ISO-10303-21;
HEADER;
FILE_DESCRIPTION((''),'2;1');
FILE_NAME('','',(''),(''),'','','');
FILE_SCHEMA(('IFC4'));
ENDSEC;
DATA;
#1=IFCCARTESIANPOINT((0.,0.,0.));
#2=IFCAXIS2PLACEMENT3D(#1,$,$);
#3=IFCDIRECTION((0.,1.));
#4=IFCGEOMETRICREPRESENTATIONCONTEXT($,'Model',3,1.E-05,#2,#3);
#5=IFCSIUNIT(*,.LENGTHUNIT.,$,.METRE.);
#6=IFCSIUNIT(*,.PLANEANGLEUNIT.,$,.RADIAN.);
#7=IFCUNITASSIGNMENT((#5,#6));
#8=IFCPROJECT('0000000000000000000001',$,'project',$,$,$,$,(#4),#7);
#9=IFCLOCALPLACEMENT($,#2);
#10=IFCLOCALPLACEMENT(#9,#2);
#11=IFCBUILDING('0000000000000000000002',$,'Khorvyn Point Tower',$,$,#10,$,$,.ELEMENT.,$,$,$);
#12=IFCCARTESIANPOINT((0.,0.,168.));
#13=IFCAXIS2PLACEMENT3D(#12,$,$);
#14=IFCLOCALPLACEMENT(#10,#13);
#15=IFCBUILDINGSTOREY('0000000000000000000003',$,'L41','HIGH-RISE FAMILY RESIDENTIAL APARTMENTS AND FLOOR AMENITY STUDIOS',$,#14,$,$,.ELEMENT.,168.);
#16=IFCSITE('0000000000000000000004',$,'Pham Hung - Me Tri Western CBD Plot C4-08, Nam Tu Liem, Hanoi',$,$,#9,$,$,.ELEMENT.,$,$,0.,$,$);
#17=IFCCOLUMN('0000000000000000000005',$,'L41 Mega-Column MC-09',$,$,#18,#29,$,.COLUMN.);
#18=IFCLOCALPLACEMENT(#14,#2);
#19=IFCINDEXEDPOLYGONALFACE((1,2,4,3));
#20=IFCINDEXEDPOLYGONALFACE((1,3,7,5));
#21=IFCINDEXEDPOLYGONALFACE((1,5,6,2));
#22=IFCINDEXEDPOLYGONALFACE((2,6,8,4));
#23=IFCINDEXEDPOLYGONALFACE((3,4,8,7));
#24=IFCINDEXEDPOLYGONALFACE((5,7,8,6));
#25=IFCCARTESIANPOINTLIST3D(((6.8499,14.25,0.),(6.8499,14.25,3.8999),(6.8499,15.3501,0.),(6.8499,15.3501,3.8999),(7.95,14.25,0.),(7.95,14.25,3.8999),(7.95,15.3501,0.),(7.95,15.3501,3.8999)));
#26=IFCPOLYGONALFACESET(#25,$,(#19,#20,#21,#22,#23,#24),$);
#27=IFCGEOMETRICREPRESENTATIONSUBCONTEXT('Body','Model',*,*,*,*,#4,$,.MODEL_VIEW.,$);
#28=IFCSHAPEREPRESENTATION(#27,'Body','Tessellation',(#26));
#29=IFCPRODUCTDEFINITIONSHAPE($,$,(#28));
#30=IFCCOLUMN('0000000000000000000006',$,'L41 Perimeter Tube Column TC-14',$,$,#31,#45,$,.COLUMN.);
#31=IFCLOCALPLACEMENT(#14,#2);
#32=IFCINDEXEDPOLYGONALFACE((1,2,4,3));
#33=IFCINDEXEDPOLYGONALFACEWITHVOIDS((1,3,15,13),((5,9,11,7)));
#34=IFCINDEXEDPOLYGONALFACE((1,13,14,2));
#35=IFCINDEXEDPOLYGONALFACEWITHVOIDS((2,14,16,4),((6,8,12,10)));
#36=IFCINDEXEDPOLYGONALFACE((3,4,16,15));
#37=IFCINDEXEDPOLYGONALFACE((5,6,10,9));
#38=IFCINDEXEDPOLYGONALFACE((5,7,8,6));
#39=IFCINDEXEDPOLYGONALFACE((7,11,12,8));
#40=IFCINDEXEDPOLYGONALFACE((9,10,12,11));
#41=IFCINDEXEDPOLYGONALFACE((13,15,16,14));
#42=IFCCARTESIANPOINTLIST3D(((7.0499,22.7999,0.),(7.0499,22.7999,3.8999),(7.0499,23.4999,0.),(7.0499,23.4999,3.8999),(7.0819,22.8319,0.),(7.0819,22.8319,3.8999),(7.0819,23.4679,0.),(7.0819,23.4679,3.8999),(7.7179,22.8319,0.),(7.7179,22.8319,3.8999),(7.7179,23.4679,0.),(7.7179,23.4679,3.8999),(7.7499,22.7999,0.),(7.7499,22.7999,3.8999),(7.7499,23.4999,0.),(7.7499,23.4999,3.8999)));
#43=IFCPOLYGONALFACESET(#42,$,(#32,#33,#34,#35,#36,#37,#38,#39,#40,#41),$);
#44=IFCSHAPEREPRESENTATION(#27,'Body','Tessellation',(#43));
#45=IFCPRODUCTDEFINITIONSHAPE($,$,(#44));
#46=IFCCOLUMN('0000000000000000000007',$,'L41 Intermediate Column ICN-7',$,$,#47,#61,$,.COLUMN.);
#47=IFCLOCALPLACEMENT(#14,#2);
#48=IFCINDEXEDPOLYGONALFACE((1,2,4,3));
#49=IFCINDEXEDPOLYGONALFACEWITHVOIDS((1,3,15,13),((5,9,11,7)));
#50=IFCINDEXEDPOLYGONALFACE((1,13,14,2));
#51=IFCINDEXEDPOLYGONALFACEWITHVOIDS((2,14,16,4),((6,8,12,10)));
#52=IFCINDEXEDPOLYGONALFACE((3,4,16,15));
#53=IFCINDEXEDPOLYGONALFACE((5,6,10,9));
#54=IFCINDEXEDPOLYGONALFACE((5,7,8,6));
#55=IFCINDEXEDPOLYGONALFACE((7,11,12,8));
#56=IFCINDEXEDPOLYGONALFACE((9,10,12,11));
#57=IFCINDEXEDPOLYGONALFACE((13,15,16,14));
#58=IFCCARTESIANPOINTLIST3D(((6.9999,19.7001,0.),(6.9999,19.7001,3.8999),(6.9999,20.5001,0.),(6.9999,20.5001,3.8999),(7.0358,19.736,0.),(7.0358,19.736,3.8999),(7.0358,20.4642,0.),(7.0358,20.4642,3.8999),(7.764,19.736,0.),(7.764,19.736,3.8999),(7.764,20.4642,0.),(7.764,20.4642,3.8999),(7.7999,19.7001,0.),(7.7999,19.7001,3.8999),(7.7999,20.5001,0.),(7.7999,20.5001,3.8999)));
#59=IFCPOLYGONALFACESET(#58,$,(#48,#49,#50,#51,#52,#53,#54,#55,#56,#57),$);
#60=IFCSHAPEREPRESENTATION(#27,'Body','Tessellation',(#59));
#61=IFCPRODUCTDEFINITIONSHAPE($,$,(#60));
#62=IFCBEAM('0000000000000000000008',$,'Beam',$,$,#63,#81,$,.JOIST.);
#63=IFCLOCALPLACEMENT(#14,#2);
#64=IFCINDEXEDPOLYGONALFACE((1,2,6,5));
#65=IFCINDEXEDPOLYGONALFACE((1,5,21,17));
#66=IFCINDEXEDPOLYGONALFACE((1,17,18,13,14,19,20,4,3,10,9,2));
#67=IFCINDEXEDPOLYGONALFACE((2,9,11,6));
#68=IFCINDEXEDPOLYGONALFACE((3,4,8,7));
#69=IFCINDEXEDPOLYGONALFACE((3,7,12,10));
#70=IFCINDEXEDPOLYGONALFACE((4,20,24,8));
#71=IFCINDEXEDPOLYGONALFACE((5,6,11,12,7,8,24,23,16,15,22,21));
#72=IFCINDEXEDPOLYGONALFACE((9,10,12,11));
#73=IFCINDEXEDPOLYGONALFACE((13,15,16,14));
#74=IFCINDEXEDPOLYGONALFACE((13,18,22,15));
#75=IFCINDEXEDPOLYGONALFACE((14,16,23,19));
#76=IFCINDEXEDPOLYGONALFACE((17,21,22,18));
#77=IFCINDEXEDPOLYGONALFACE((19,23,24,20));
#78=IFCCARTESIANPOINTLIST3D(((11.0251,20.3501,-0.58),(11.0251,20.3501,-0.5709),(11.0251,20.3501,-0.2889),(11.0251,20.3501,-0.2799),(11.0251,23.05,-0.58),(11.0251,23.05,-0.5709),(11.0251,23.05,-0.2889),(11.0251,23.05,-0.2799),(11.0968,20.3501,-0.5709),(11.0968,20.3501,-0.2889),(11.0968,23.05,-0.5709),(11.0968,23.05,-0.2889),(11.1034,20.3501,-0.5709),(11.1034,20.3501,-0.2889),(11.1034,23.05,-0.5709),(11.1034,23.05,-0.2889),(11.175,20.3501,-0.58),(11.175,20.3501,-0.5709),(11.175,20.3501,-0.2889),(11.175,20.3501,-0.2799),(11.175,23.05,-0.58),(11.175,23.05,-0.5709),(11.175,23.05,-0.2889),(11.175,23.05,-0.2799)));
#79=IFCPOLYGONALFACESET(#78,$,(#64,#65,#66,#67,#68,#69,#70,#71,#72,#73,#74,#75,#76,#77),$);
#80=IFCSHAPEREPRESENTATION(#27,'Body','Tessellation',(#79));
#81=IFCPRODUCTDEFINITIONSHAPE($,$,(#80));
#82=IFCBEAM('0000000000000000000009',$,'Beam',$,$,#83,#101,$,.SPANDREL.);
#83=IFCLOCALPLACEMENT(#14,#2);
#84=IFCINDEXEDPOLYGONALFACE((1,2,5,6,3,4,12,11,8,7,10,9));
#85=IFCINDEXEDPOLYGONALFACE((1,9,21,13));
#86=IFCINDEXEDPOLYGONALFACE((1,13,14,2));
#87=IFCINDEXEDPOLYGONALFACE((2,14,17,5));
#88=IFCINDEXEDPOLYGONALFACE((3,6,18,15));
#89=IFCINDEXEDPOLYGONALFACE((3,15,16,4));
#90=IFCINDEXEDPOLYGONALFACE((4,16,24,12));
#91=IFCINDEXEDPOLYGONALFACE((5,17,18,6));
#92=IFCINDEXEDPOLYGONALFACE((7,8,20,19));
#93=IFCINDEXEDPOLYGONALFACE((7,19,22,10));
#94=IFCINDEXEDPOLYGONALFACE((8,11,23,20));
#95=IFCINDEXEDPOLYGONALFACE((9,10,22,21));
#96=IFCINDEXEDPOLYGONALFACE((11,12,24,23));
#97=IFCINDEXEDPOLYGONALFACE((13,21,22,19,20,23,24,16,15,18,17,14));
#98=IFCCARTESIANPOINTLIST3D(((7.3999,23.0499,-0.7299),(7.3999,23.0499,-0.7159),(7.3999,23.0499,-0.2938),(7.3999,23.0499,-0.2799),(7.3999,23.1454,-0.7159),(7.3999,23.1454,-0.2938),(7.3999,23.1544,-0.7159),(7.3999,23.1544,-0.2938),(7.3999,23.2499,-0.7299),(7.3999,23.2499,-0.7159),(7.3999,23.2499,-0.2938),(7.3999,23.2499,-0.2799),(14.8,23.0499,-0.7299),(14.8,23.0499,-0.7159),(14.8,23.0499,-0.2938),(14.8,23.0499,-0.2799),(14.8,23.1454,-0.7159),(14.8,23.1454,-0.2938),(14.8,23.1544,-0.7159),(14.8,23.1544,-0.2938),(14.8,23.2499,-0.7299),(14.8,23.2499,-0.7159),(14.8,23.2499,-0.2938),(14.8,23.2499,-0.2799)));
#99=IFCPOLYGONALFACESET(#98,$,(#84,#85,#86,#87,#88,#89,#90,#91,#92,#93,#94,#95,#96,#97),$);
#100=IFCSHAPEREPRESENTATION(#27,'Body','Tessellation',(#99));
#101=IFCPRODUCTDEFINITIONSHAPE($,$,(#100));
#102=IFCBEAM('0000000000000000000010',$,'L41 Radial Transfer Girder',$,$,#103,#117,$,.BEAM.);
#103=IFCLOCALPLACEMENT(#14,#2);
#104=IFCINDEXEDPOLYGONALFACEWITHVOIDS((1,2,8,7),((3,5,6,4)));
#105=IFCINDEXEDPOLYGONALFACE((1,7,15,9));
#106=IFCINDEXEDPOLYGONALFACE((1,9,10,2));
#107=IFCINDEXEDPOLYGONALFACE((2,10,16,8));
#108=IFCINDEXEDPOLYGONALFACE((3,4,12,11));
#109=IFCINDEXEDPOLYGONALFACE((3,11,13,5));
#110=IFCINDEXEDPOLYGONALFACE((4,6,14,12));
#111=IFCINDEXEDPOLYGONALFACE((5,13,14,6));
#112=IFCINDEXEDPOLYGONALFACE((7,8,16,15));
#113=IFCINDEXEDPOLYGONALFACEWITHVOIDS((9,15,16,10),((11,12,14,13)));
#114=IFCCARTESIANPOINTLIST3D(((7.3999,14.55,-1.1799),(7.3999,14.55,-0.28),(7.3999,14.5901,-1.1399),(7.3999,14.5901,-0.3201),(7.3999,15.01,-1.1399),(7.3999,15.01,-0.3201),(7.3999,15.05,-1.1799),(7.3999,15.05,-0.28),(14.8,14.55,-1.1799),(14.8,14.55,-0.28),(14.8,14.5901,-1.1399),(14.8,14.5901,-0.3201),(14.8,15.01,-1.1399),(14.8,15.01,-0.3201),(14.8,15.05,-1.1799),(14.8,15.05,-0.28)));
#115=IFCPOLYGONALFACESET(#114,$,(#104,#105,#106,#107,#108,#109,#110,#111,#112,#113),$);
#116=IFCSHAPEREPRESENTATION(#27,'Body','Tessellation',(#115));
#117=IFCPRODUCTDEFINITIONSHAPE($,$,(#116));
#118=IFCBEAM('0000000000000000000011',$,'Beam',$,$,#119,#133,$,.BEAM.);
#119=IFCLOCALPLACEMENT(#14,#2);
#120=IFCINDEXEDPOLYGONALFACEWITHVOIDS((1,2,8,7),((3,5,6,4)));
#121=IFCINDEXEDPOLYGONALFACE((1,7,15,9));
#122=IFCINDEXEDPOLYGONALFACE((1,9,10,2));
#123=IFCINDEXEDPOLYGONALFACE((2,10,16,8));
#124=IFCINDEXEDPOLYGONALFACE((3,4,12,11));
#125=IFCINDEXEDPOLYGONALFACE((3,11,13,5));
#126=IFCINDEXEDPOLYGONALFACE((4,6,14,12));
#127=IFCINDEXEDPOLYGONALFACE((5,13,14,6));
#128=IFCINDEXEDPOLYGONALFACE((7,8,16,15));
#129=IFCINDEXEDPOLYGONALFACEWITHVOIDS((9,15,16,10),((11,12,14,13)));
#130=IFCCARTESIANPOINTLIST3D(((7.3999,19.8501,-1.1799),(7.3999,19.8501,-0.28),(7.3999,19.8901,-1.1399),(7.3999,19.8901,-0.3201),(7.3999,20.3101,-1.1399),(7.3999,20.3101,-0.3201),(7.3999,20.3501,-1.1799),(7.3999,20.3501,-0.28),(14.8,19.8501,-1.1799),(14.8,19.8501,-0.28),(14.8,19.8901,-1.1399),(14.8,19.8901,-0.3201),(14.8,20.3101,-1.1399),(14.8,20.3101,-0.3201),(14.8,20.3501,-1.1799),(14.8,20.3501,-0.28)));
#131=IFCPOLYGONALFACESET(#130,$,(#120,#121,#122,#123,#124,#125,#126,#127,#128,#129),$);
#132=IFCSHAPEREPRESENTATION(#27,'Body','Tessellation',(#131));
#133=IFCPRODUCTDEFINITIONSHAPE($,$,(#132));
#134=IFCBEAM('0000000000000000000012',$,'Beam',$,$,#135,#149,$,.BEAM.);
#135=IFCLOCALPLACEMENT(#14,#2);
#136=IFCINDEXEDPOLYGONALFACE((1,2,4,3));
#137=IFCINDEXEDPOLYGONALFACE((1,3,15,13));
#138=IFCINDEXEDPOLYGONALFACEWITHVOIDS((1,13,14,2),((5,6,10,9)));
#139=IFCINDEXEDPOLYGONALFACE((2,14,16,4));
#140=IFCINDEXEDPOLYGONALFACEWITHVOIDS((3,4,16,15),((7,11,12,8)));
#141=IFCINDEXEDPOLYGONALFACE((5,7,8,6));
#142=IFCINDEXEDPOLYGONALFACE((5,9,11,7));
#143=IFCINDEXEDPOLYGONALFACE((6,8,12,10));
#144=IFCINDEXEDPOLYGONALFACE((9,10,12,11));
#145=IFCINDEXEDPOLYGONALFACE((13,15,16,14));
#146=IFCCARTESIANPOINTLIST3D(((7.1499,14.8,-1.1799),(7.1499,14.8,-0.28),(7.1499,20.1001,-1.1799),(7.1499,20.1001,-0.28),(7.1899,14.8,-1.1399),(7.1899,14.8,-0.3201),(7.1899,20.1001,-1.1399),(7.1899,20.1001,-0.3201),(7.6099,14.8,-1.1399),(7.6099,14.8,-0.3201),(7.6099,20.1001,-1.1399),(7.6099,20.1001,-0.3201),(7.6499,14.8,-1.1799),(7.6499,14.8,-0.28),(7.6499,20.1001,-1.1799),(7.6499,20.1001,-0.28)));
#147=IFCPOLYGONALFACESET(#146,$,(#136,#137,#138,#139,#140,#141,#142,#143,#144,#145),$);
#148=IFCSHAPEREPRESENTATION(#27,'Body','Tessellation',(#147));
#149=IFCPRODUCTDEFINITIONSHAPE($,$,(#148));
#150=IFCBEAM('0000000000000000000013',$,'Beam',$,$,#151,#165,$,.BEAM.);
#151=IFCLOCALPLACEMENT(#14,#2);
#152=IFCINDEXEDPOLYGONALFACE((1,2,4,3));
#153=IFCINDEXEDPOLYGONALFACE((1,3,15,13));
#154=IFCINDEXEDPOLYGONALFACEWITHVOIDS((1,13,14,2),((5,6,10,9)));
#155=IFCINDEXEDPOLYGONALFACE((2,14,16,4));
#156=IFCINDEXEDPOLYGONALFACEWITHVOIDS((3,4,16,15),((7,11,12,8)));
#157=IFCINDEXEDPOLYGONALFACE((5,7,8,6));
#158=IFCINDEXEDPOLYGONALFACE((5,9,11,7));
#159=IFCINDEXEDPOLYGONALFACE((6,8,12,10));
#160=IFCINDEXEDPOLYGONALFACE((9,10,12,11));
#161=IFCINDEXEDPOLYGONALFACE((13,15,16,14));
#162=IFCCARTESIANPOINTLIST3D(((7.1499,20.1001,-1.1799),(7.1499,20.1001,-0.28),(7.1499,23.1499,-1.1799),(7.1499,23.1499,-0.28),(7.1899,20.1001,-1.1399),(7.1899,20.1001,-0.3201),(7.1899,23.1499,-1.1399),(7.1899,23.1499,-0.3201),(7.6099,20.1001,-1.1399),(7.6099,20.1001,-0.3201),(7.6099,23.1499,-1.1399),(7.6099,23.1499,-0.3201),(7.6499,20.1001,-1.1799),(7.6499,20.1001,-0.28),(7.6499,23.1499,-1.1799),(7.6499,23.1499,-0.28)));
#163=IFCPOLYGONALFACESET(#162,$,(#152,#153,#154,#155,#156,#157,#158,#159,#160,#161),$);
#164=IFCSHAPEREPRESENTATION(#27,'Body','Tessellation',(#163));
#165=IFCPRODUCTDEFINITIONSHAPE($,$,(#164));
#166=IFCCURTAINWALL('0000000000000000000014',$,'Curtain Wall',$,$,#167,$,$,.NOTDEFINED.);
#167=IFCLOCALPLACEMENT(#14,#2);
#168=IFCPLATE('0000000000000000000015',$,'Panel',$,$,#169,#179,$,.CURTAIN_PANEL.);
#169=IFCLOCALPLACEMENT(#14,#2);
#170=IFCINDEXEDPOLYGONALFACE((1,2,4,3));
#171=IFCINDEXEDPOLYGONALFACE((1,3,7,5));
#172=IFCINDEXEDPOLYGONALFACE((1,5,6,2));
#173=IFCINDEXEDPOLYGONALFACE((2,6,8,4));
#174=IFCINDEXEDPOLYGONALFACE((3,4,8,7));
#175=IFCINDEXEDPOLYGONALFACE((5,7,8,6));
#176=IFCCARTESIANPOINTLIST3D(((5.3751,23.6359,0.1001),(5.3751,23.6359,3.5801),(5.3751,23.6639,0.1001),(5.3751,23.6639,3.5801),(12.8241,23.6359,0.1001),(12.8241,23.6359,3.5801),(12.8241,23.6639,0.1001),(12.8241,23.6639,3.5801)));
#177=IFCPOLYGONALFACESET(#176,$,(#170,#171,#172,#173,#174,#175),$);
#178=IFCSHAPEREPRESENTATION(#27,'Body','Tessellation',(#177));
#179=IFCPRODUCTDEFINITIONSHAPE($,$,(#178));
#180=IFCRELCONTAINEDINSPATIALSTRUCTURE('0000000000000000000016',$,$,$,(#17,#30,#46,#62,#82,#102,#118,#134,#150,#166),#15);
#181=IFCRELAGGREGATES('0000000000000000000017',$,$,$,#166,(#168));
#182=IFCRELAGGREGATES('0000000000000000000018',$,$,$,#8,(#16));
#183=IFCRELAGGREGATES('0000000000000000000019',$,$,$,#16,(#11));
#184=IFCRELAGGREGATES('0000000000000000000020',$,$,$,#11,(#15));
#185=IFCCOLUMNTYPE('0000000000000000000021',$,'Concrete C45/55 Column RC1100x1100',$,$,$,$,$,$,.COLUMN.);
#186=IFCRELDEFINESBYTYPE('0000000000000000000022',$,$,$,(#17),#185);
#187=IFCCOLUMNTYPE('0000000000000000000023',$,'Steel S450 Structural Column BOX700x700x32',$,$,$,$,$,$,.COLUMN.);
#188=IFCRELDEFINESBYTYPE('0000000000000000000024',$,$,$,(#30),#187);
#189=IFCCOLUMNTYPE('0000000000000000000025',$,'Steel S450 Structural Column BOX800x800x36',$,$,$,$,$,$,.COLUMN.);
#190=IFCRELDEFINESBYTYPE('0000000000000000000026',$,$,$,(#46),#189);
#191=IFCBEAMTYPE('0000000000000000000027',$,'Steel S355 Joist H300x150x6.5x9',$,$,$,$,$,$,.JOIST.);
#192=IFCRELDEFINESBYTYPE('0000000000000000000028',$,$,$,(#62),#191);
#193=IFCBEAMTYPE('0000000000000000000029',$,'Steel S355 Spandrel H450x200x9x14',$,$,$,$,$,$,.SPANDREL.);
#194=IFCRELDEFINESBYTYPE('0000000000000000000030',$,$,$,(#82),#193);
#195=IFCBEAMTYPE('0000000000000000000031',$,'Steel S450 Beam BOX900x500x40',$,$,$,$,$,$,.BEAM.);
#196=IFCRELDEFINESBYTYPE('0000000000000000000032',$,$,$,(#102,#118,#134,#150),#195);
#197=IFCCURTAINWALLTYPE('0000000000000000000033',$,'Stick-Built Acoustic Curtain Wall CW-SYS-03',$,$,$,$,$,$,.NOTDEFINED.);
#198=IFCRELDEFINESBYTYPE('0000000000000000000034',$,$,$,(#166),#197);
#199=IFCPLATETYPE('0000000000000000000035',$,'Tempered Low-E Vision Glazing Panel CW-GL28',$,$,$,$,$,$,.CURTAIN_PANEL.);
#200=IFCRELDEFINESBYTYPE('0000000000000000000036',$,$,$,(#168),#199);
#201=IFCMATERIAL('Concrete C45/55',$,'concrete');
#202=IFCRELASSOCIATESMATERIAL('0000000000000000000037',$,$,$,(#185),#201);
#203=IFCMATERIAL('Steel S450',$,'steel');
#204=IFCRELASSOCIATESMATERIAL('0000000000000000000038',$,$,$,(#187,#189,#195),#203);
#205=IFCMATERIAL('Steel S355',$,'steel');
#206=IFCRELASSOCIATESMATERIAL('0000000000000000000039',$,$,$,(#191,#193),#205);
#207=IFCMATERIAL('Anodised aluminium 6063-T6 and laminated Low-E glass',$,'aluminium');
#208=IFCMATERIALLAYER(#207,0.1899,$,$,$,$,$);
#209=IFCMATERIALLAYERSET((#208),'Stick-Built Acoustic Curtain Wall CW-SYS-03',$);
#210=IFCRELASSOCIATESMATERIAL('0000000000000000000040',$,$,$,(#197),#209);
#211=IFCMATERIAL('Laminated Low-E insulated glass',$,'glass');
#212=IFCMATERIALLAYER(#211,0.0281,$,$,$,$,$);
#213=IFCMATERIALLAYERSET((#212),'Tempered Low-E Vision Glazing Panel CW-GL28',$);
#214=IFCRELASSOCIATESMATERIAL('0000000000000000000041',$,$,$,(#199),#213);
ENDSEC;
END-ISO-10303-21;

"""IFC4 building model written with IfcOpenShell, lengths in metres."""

from ifc_helpers import new_model, si_unit, direction, frame, origin, origin_2d, place, context, subcontext, project, spatial, rectangle, hollow_rectangle, i_section, extrude, material, layer, layer_set, material_profile, profile_set, type_object, element, aggregate, save


model = new_model("IFC4")

# Units and contexts
model_context = context("Model", 3, precision=1e-05, world=origin(), true_north=direction((0.0, 1.0)))
body_context = subcontext(model_context, "Body", "Model", "MODEL_VIEW")
ifc_project = project(units=[si_unit("LENGTHUNIT", "METRE"), si_unit("PLANEANGLEUNIT", "RADIAN")], contexts=[model_context])

# Site, building, storey
site_placement = place(None, origin())
site = spatial("IfcSite", under=ifc_project, at=site_placement, Name="Pham Hung - Me Tri Western CBD Plot C4-08, Nam Tu Liem, Hanoi", CompositionType="ELEMENT", RefElevation=0.0)
building_placement = place(site_placement, origin())
building = spatial("IfcBuilding", under=site, at=building_placement, Name="Khorvyn Point Tower", CompositionType="ELEMENT")
storey_placement = place(building_placement, frame((0.0, 0.0, 168.0)))
storey = spatial("IfcBuildingStorey", under=building, at=storey_placement, Name="L41", Description="HIGH-RISE FAMILY RESIDENTIAL APARTMENTS AND FLOOR AMENITY STUDIOS", CompositionType="ELEMENT", Elevation=168.0)

# Columns
ifc_material_1 = material(Name="Concrete C45/55", Category="concrete")
ifc_material_profile_1 = material_profile(ifc_material_1, rectangle(XDim=1.1001, YDim=1.1001, at=origin_2d()))
ifc_profile_set_1 = profile_set([ifc_material_profile_1], Name="Concrete C45/55 RC1100x1100")
column_type_1 = type_object("IfcColumnType", Name="Concrete C45/55 Column RC1100x1100", PredefinedType="COLUMN", material=ifc_profile_set_1)
column_1_placement = place(storey_placement, frame((7.3999, 14.8, 0.0), z_axis=(0.0, 0.0, 1.0), x_axis=(1.0, 0.0, 0.0)))
element("IfcColumn", 1, at=column_1_placement, inside=storey, type_object=column_type_1, Name="L41 Mega-Column MC-09", PredefinedType="COLUMN", context=body_context, shape_type="SweptSolid", body=[
    extrude(rectangle(XDim=1.1001, YDim=1.1001, at=origin_2d()), origin(), (0.0, 0.0, 1.0), 3.8999),
])
ifc_material_2 = material(Name="Steel S450", Category="steel")
ifc_material_profile_2 = material_profile(ifc_material_2, hollow_rectangle(XDim=0.7, YDim=0.7, WallThickness=0.032, at=origin_2d()))
ifc_profile_set_2 = profile_set([ifc_material_profile_2], Name="Steel S450 BOX700x700x32")
column_type_2 = type_object("IfcColumnType", Name="Steel S450 Structural Column BOX700x700x32", PredefinedType="COLUMN", material=ifc_profile_set_2)
column_2_placement = place(storey_placement, frame((7.3999, 23.1499, 0.0), z_axis=(0.0, 0.0, 1.0), x_axis=(1.0, 0.0, 0.0)))
element("IfcColumn", 2, at=column_2_placement, inside=storey, type_object=column_type_2, Name="L41 Perimeter Tube Column TC-14", PredefinedType="COLUMN", context=body_context, shape_type="SweptSolid", body=[
    extrude(hollow_rectangle(XDim=0.7, YDim=0.7, WallThickness=0.032, at=origin_2d()), origin(), (0.0, 0.0, 1.0), 3.8999),
])
ifc_material_profile_3 = material_profile(ifc_material_2, hollow_rectangle(XDim=0.8, YDim=0.8, WallThickness=0.0359, at=origin_2d()))
ifc_profile_set_3 = profile_set([ifc_material_profile_3], Name="Steel S450 BOX800x800x36")
column_type_3 = type_object("IfcColumnType", Name="Steel S450 Structural Column BOX800x800x36", PredefinedType="COLUMN", material=ifc_profile_set_3)
column_3_placement = place(storey_placement, frame((7.3999, 20.1001, 0.0), z_axis=(0.0, 0.0, 1.0), x_axis=(1.0, 0.0, 0.0)))
element("IfcColumn", 3, at=column_3_placement, inside=storey, type_object=column_type_3, Name="L41 Intermediate Column ICN-7", PredefinedType="COLUMN", context=body_context, shape_type="SweptSolid", body=[
    extrude(hollow_rectangle(XDim=0.8, YDim=0.8, WallThickness=0.0359, at=origin_2d()), origin(), (0.0, 0.0, 1.0), 3.8999),
])

# Beams
ifc_material_3 = material(Name="Steel S355", Category="steel")
ifc_material_profile_4 = material_profile(ifc_material_3, i_section(OverallWidth=0.1499, OverallDepth=0.3, WebThickness=0.0066, FlangeThickness=0.009, at=origin_2d()))
ifc_profile_set_4 = profile_set([ifc_material_profile_4], Name="Steel S355 H300x150x6.5x9")
beam_type_1 = type_object("IfcBeamType", Name="Steel S355 Joist H300x150x6.5x9", PredefinedType="JOIST", material=ifc_profile_set_4)
beam_1_placement = place(storey_placement, frame((11.1001, 20.3501, -0.4299), z_axis=(0.0, 1.0, 0.0), x_axis=(-1.0, 0.0, 0.0)))
element("IfcBeam", 4, at=beam_1_placement, inside=storey, type_object=beam_type_1, Name="Beam", PredefinedType="JOIST", context=body_context, shape_type="SweptSolid", body=[
    extrude(i_section(OverallWidth=0.1499, OverallDepth=0.3, WebThickness=0.0066, FlangeThickness=0.009, at=origin_2d()), origin(), (0.0, 0.0, 1.0), 2.7),
])
ifc_material_profile_5 = material_profile(ifc_material_3, i_section(OverallWidth=0.2, OverallDepth=0.45, WebThickness=0.009, FlangeThickness=0.0139, at=origin_2d()))
ifc_profile_set_5 = profile_set([ifc_material_profile_5], Name="Steel S355 H450x200x9x14")
beam_type_2 = type_object("IfcBeamType", Name="Steel S355 Spandrel H450x200x9x14", PredefinedType="SPANDREL", material=ifc_profile_set_5)
beam_2_placement = place(storey_placement, frame((7.3999, 23.1499, -0.5049), z_axis=(1.0, 0.0, 0.0), x_axis=(0.0, 1.0, 0.0)))
element("IfcBeam", 5, at=beam_2_placement, inside=storey, type_object=beam_type_2, Name="Beam", PredefinedType="SPANDREL", context=body_context, shape_type="SweptSolid", body=[
    extrude(i_section(OverallWidth=0.2, OverallDepth=0.45, WebThickness=0.009, FlangeThickness=0.0139, at=origin_2d()), origin(), (0.0, 0.0, 1.0), 7.4001),
])
ifc_material_profile_6 = material_profile(ifc_material_2, hollow_rectangle(XDim=0.5, YDim=0.8999, WallThickness=0.04, at=origin_2d()))
ifc_profile_set_6 = profile_set([ifc_material_profile_6], Name="Steel S450 BOX900x500x40")
beam_type_3 = type_object("IfcBeamType", Name="Steel S450 Beam BOX900x500x40", PredefinedType="BEAM", material=ifc_profile_set_6)
for number, where, z_axis, x_axis, name in (
    (6, (7.3999, 14.8, -0.73), (1.0, 0.0, 0.0), (0.0, 1.0, 0.0), "L41 Radial Transfer Girder"),
    (7, (7.3999, 20.1001, -0.73), (1.0, 0.0, 0.0), (0.0, 1.0, 0.0), "Beam"),
):
    element("IfcBeam", number, at=place(storey_placement, frame(where, z_axis=z_axis, x_axis=x_axis)), inside=storey, type_object=beam_type_3, Name=name, PredefinedType="BEAM", context=body_context, shape_type="SweptSolid", body=[
        extrude(hollow_rectangle(XDim=0.5, YDim=0.8999, WallThickness=0.04, at=origin_2d()), origin(), (0.0, 0.0, 1.0), 7.4001),
    ])
beam_3_placement = place(storey_placement, frame((7.3999, 14.8, -0.73), z_axis=(0.0, 1.0, 0.0), x_axis=(-1.0, 0.0, 0.0)))
element("IfcBeam", 8, at=beam_3_placement, inside=storey, type_object=beam_type_3, Name="Beam", PredefinedType="BEAM", context=body_context, shape_type="SweptSolid", body=[
    extrude(hollow_rectangle(XDim=0.5, YDim=0.8999, WallThickness=0.04, at=origin_2d()), origin(), (0.0, 0.0, 1.0), 5.3),
])
beam_4_placement = place(storey_placement, frame((7.3999, 20.1001, -0.73), z_axis=(0.0, 1.0, 0.0), x_axis=(-1.0, 0.0, 0.0)))
element("IfcBeam", 9, at=beam_4_placement, inside=storey, type_object=beam_type_3, Name="Beam", PredefinedType="BEAM", context=body_context, shape_type="SweptSolid", body=[
    extrude(hollow_rectangle(XDim=0.5, YDim=0.8999, WallThickness=0.04, at=origin_2d()), origin(), (0.0, 0.0, 1.0), 3.0498),
])

# Curtain wall, plate
ifc_material_4 = material(Name="Anodised aluminium 6063-T6 and laminated Low-E glass", Category="aluminium")
ifc_layer_1 = layer(ifc_material_4, 0.1899)
ifc_layer_set_1 = layer_set([ifc_layer_1], Name="Stick-Built Acoustic Curtain Wall CW-SYS-03")
curtain_wall_type = type_object("IfcCurtainWallType", Name="Stick-Built Acoustic Curtain Wall CW-SYS-03", PredefinedType="NOTDEFINED", material=ifc_layer_set_1)
curtain_wall_placement = place(storey_placement, origin())
curtain_wall = element("IfcCurtainWall", 10, at=curtain_wall_placement, inside=storey, type_object=curtain_wall_type, Name="Curtain Wall", PredefinedType="NOTDEFINED")
ifc_material_5 = material(Name="Laminated Low-E insulated glass", Category="glass")
ifc_layer_2 = layer(ifc_material_5, 0.0281)
ifc_layer_set_2 = layer_set([ifc_layer_2], Name="Tempered Low-E Vision Glazing Panel CW-GL28")
plate_type = type_object("IfcPlateType", Name="Tempered Low-E Vision Glazing Panel CW-GL28", PredefinedType="CURTAIN_PANEL", material=ifc_layer_set_2)
plate_placement = place(storey_placement, frame((9.0996, 23.6499, 0.1001), z_axis=(0.0, 0.0, 1.0), x_axis=(1.0, 0.0, 0.0)))
plate = element("IfcPlate", 11, at=plate_placement, type_object=plate_type, Name="Panel", PredefinedType="CURTAIN_PANEL", context=body_context, shape_type="SweptSolid", body=[
    extrude(rectangle(XDim=7.449, YDim=0.0281, at=origin_2d()), origin(), (0.0, 0.0, 1.0), 3.48),
])
aggregate(curtain_wall, [plate])

save(model, "model.ifc")
